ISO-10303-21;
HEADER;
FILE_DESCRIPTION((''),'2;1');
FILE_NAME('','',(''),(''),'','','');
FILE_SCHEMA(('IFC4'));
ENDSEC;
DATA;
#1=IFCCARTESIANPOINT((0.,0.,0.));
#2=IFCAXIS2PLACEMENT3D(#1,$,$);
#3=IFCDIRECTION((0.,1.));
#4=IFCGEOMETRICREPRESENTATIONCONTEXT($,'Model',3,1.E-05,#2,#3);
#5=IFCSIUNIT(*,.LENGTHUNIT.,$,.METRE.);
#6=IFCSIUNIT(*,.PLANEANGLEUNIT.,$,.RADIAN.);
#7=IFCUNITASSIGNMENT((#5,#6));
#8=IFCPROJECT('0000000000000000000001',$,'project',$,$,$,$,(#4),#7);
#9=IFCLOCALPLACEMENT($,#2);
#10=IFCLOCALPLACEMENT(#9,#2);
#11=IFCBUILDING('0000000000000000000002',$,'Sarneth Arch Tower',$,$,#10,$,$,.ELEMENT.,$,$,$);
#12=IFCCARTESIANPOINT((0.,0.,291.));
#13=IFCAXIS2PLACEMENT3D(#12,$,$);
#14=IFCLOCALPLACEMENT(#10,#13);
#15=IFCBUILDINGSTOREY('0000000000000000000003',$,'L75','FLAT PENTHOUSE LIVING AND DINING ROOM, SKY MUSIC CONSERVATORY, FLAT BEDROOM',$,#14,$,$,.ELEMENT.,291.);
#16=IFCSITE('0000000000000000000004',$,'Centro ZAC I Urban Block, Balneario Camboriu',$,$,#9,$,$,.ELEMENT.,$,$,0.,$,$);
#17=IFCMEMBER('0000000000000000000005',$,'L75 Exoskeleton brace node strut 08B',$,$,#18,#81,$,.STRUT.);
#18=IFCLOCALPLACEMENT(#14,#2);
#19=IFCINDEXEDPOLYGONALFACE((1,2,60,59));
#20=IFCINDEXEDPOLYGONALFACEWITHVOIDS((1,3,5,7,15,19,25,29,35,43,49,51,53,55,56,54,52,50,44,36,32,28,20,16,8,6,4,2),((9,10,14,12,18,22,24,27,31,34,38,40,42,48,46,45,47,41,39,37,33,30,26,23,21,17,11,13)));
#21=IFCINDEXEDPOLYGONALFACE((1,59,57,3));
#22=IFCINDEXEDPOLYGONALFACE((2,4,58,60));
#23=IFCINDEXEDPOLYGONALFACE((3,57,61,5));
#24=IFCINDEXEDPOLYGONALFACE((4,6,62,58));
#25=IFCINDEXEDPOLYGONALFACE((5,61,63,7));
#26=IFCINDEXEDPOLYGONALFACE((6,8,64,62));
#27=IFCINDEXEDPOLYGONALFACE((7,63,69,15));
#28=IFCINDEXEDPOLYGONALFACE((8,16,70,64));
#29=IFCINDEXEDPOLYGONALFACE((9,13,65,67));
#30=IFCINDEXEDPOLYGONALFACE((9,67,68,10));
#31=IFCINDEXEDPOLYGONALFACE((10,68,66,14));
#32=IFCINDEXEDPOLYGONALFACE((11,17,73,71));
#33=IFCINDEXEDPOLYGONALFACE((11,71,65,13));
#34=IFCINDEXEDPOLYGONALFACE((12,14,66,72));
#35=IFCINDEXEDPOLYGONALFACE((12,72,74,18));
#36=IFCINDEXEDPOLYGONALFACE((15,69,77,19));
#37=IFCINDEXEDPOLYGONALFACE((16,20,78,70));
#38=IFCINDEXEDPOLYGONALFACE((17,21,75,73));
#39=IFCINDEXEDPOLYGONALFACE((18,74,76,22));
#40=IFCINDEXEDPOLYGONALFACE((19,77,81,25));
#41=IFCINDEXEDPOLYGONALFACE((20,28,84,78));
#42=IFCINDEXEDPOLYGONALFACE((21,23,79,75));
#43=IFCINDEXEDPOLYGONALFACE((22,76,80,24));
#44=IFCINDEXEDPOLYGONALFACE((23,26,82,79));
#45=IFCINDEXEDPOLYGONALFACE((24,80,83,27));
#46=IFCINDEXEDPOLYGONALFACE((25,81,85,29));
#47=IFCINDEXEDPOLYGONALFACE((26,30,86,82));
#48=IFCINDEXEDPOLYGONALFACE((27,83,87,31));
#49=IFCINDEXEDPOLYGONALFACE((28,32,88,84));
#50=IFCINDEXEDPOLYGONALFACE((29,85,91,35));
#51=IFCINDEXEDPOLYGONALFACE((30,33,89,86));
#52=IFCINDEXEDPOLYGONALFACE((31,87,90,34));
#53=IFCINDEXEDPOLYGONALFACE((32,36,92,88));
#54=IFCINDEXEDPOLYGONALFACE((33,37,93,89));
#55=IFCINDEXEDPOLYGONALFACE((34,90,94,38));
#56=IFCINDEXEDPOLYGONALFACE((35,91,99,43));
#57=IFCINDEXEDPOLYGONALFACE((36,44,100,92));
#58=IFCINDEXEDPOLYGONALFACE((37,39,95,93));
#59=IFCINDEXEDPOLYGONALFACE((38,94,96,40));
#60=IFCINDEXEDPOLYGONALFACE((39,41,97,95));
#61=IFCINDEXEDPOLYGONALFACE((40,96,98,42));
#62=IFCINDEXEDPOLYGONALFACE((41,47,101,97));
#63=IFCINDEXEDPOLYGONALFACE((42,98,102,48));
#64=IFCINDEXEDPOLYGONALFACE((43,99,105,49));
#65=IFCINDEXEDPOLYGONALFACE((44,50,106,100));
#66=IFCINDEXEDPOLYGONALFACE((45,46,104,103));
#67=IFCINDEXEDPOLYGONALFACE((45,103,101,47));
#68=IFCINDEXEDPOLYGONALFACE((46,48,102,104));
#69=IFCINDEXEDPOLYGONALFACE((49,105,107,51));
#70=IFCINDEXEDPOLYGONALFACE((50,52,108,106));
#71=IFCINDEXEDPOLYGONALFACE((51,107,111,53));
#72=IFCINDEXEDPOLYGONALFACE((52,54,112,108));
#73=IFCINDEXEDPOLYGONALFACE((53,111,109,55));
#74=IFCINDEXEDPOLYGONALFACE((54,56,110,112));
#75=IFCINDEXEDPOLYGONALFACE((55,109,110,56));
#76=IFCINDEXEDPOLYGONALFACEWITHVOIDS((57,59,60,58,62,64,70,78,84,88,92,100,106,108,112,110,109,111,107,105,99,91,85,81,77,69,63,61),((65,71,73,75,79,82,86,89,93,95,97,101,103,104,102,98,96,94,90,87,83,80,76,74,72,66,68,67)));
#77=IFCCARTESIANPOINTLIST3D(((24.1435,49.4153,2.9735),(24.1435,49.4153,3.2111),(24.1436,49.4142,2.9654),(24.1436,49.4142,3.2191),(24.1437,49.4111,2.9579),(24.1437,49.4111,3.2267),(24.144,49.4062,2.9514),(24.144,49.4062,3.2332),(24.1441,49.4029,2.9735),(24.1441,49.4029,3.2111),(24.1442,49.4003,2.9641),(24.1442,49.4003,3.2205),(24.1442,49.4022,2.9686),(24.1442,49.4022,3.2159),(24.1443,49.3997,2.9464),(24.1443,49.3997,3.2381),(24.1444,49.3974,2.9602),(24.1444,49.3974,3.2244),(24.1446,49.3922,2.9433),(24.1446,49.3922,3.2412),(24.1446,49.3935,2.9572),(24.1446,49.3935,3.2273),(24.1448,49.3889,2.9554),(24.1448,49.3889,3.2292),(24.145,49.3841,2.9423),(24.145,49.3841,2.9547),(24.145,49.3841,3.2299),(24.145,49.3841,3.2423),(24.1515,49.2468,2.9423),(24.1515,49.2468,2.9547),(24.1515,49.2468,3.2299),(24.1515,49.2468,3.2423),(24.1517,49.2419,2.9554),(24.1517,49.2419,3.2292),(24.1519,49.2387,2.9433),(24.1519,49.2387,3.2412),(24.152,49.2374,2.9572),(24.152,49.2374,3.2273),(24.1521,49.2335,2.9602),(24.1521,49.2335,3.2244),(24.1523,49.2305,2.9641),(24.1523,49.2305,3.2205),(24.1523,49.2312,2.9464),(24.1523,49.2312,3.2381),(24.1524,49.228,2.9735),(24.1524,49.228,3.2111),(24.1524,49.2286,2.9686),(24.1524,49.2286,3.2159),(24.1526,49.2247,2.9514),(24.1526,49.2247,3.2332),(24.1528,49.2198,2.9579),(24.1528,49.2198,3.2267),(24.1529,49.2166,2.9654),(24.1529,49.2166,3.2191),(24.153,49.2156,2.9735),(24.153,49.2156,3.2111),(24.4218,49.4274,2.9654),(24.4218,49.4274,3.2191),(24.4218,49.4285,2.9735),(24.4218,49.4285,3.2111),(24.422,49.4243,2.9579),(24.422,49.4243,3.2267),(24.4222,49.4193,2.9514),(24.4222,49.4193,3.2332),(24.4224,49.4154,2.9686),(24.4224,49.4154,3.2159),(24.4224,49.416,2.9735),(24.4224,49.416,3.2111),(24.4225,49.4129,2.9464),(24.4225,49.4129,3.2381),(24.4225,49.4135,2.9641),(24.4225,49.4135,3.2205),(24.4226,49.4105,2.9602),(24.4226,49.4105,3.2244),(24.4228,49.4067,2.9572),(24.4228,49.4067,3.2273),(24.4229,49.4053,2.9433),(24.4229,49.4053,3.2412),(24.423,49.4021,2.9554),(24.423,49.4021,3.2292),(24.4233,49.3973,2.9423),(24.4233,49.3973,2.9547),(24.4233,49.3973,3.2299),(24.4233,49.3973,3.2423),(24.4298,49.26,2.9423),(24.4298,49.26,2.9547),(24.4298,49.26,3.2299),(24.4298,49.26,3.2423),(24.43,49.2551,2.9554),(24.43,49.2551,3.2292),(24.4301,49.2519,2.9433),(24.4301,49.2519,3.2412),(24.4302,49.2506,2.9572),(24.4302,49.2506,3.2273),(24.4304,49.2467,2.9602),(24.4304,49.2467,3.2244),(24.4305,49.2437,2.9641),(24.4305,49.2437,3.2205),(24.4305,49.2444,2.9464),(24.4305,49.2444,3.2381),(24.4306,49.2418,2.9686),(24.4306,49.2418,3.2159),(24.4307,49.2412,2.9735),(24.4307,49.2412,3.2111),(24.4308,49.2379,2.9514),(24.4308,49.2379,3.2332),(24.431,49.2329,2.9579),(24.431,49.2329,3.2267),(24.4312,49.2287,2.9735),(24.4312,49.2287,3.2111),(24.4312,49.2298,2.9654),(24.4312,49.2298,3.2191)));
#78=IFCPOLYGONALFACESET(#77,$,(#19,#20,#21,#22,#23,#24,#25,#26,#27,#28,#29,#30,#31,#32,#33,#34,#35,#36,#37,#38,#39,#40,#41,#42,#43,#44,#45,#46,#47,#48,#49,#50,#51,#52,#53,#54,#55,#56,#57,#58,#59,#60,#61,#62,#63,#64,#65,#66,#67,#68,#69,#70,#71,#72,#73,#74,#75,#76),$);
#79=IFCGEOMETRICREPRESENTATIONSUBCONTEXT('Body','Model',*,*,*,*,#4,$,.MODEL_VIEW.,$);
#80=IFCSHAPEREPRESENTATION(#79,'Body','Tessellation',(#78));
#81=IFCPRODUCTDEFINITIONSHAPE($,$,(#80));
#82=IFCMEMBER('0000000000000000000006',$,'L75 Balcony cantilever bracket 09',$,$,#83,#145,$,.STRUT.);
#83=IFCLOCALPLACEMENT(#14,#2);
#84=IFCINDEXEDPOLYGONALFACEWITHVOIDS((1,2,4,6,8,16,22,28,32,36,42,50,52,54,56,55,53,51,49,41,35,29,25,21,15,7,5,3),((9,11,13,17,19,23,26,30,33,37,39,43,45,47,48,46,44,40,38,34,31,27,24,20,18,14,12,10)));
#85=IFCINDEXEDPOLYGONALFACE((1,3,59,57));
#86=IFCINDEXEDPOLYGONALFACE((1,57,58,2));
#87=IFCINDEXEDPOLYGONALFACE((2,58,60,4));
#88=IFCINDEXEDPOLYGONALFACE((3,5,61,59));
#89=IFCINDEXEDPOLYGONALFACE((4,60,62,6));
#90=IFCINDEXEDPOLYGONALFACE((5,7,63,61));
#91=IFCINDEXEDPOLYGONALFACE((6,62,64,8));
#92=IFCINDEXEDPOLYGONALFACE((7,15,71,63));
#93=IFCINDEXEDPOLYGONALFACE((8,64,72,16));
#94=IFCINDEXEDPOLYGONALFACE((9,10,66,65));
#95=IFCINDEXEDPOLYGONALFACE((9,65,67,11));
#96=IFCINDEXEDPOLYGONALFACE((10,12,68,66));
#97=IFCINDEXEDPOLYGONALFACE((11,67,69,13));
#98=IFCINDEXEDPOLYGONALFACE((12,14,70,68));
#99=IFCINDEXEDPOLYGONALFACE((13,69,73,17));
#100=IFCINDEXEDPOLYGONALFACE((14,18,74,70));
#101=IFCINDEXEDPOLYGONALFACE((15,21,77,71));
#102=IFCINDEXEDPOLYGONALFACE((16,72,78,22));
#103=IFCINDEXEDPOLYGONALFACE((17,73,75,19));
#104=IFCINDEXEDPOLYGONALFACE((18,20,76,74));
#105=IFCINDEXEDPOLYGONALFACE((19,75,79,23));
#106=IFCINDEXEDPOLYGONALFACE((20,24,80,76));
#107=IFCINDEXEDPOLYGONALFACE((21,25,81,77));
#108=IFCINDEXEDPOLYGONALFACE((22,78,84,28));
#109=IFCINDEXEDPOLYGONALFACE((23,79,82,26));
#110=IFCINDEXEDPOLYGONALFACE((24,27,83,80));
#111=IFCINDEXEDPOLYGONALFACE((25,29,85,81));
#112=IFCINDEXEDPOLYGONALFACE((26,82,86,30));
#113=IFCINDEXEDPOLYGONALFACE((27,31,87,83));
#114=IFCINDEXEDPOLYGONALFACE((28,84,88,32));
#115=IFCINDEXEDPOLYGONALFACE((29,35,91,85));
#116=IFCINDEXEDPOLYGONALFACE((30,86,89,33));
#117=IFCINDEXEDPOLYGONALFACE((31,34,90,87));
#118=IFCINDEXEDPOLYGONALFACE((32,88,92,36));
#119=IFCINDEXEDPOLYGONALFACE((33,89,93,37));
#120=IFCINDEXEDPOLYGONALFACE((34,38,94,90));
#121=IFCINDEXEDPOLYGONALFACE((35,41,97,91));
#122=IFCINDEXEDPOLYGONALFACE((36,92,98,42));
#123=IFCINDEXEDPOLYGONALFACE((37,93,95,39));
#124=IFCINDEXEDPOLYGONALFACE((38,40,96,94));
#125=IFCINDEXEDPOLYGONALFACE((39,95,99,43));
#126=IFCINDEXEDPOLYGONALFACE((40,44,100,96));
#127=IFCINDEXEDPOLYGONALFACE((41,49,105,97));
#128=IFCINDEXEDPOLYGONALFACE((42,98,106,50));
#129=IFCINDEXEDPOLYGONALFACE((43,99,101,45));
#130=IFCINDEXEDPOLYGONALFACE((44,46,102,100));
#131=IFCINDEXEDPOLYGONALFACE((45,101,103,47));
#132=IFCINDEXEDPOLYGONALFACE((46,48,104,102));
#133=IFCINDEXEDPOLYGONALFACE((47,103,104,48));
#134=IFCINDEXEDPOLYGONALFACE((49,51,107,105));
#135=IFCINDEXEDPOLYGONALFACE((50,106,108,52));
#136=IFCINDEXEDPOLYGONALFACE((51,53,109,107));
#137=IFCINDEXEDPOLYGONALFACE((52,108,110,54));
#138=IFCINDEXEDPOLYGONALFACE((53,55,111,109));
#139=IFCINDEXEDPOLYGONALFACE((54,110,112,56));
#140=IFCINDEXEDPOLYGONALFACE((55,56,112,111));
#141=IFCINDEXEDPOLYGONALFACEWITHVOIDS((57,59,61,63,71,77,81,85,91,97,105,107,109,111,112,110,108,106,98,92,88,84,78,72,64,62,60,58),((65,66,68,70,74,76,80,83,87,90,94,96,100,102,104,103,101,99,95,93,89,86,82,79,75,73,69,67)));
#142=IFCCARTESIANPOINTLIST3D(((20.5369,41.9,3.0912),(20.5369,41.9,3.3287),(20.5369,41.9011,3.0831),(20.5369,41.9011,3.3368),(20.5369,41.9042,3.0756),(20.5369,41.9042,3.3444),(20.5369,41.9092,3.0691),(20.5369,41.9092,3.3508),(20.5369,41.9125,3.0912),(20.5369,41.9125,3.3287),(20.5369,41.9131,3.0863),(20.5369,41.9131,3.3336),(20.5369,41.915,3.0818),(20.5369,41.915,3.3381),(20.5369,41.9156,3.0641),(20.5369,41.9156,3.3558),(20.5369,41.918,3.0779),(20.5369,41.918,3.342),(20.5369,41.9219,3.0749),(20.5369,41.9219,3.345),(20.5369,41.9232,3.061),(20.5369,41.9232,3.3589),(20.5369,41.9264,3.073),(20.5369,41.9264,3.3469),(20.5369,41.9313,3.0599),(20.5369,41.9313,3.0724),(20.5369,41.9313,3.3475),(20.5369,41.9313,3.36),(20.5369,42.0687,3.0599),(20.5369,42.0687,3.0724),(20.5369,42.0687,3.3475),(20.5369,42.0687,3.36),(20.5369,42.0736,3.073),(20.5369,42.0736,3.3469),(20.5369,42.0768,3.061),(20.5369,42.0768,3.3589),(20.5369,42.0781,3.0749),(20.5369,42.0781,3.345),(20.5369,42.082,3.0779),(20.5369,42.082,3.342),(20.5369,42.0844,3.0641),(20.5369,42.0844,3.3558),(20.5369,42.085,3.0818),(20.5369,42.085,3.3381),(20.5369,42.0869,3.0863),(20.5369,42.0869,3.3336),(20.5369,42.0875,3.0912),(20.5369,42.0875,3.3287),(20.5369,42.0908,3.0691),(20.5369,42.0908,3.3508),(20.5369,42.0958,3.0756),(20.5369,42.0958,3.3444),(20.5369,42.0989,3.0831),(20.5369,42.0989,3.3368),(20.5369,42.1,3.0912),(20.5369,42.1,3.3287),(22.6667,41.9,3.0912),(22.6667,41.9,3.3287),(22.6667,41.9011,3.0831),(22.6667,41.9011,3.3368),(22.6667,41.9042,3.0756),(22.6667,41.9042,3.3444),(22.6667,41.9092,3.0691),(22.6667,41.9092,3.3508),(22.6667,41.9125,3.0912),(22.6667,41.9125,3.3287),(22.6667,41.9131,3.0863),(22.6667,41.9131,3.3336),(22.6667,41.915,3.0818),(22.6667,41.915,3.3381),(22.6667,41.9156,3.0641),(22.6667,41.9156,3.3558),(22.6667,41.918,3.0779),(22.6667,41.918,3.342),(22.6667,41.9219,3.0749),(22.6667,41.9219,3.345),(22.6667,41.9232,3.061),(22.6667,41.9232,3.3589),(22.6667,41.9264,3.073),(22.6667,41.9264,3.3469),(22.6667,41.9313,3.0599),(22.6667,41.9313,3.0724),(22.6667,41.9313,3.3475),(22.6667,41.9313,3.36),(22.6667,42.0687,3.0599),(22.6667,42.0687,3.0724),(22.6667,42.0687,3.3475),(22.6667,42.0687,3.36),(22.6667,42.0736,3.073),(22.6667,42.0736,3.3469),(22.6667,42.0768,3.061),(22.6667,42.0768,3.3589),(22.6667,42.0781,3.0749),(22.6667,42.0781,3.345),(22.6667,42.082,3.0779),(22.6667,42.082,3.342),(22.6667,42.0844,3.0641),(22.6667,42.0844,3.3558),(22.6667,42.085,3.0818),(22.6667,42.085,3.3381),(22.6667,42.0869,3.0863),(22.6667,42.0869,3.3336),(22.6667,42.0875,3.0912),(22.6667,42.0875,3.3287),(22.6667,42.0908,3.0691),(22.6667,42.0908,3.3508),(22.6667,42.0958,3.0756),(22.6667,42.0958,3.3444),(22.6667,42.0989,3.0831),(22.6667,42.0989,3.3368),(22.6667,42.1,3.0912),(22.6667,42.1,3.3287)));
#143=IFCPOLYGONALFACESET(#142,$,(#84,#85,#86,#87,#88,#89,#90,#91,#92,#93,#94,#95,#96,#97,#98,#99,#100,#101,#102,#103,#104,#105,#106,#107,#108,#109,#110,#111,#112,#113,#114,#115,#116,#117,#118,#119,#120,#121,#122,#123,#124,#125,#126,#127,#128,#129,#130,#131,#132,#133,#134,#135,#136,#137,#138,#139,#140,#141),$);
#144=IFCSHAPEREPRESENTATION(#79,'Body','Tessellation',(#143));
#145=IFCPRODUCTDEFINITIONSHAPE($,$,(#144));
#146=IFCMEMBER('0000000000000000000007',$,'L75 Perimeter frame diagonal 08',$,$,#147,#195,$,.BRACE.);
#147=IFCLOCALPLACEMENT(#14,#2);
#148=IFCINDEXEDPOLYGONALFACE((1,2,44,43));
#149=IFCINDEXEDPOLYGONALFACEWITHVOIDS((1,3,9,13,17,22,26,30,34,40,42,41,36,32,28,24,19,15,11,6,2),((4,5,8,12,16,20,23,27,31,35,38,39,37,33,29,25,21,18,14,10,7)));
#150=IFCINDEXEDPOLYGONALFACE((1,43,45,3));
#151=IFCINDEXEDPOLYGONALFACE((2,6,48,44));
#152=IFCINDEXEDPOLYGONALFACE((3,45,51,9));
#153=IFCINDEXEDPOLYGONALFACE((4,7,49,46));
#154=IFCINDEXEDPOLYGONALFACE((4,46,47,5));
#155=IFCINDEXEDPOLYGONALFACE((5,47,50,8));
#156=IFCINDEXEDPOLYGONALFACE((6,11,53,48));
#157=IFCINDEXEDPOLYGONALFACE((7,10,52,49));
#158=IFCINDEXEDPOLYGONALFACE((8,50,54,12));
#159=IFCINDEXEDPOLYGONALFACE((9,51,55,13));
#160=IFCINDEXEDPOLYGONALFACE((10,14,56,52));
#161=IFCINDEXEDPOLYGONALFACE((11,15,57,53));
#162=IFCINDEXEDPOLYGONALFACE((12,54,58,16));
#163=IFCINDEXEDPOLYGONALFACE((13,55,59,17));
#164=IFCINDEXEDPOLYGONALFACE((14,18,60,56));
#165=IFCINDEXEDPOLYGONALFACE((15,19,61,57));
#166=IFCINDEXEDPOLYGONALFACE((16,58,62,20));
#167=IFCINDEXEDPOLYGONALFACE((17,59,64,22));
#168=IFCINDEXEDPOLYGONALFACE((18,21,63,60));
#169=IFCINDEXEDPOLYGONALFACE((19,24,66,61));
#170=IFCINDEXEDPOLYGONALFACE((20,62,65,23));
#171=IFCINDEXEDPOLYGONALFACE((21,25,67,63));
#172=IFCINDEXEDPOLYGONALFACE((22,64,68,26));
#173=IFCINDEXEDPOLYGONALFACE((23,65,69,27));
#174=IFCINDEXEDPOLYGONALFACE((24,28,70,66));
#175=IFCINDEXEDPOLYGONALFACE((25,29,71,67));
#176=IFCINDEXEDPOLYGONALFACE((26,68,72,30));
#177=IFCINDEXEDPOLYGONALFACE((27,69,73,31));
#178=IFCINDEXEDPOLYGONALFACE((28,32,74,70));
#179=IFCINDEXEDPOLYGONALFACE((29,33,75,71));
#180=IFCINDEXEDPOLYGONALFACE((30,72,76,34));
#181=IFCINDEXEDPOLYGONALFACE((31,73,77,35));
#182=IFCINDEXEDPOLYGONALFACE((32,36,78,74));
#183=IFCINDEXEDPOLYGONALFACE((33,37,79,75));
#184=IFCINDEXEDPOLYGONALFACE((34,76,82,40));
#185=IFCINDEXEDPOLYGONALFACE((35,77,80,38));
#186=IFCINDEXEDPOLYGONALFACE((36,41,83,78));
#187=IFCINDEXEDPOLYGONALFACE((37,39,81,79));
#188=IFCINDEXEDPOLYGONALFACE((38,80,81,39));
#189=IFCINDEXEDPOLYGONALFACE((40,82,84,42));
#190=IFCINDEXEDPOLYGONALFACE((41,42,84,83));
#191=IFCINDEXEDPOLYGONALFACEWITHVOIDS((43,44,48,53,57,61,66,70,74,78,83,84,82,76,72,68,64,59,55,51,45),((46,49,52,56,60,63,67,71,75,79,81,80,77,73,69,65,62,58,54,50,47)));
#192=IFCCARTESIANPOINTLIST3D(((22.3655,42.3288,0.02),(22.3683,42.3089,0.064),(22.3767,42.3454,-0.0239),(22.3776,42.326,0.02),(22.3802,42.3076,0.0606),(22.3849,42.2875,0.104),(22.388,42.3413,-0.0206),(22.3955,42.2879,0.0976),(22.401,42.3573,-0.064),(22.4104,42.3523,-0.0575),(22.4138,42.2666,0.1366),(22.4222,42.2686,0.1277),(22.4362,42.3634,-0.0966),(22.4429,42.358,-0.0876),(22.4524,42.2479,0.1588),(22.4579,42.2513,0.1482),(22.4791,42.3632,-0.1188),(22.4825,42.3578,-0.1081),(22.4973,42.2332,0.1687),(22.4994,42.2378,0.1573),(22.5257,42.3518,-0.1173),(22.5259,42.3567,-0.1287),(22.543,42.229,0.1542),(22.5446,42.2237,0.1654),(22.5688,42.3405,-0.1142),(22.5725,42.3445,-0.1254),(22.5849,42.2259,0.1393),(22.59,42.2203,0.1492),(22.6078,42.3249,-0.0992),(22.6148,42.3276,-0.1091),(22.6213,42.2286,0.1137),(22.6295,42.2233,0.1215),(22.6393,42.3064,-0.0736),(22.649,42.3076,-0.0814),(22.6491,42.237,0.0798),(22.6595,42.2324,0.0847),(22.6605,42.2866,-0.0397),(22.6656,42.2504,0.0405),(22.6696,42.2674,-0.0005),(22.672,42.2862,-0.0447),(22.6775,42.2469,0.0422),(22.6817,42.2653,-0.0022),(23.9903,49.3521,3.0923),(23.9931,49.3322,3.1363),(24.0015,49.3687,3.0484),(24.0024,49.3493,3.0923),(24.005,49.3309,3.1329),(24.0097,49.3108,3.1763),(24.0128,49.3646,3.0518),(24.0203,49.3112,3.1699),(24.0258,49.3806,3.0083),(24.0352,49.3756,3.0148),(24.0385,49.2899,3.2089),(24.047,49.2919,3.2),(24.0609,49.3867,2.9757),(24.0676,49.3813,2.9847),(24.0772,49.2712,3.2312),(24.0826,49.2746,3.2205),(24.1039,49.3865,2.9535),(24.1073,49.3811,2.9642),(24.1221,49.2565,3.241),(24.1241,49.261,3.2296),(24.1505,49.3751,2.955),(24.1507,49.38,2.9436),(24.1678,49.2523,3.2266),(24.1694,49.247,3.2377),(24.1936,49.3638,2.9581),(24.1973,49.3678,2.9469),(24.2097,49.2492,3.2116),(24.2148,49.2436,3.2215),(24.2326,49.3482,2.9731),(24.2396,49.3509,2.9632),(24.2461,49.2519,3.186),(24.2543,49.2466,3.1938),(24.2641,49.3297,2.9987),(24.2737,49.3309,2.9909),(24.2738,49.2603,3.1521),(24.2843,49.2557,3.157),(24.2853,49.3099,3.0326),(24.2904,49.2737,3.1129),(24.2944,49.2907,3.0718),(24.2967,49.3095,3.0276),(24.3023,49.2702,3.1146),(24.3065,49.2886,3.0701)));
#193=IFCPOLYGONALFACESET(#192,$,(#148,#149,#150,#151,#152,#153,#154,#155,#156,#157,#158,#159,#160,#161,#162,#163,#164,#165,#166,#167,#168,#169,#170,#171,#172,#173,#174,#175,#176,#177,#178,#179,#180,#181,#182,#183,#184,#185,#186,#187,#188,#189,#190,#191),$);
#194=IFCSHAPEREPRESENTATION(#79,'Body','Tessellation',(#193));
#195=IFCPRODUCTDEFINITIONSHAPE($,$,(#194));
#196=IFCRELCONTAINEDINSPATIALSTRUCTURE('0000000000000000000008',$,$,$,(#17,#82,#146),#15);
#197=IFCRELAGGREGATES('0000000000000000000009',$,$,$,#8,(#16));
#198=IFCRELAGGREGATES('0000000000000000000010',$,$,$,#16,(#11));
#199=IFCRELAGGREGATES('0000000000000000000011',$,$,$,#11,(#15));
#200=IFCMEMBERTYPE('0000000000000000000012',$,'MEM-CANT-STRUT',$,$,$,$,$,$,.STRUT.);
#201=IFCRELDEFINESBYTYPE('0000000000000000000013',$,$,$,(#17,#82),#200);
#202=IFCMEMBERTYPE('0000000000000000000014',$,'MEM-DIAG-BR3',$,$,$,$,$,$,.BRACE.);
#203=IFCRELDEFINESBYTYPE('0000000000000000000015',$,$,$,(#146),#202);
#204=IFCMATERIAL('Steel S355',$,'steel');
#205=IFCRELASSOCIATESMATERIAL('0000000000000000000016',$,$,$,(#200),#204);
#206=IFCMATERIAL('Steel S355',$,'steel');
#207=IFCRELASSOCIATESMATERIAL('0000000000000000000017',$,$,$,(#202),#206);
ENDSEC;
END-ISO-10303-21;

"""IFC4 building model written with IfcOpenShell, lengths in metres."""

from ifc_helpers import new_model, si_unit, direction, frame, origin, origin_2d, place, context, subcontext, project, spatial, hollow_rectangle, hollow_circle, extrude, material, material_profile, profile_set, type_object, element, save


model = new_model("IFC4")

# Units and contexts
model_context = context("Model", 3, precision=1e-05, world=origin(), true_north=direction((0.0, 1.0)))
body_context = subcontext(model_context, "Body", "Model", "MODEL_VIEW")
ifc_project = project(units=[si_unit("LENGTHUNIT", "METRE"), si_unit("PLANEANGLEUNIT", "RADIAN")], contexts=[model_context])

# Site, building, storey
site_placement = place(None, origin())
site = spatial("IfcSite", under=ifc_project, at=site_placement, Name="Centro ZAC I Urban Block, Balneario Camboriu", CompositionType="ELEMENT", RefElevation=0.0)
building_placement = place(site_placement, origin())
building = spatial("IfcBuilding", under=site, at=building_placement, Name="Sarneth Arch Tower", CompositionType="ELEMENT")
storey_placement = place(building_placement, frame((0.0, 0.0, 291.0)))
storey = spatial("IfcBuildingStorey", under=building, at=storey_placement, Name="L75", Description="FLAT PENTHOUSE LIVING AND DINING ROOM, SKY MUSIC CONSERVATORY, FLAT BEDROOM", CompositionType="ELEMENT", Elevation=291.0)

# Members
ifc_material_1 = material(Name="Steel S355", Category="steel")
ifc_material_profile_1 = material_profile(ifc_material_1, hollow_rectangle(XDim=0.2, YDim=0.3, WallThickness=0.0125, InnerFilletRadius=0.0188, OuterFilletRadius=0.0312, at=origin_2d()), Name="RHS300x200x12.5")
ifc_profile_set_1 = profile_set([ifc_material_profile_1], Name="Steel S355")
member_type_1 = type_object("IfcMemberType", Name="MEM-CANT-STRUT", PredefinedType="STRUT", material=ifc_profile_set_1)
member_1_placement = place(storey_placement, frame((24.4265, 49.3286, 3.0923), z_axis=(-0.99888, -0.047315, 0.0), x_axis=(0.047315, -0.99888, 0.0)))
element("IfcMember", 1, at=member_1_placement, inside=storey, type_object=member_type_1, Name="L75 Exoskeleton brace node strut 08B", PredefinedType="STRUT", context=body_context, shape_type="SweptSolid", body=[
    extrude(hollow_rectangle(XDim=0.2, YDim=0.3, WallThickness=0.0125, InnerFilletRadius=0.0188, OuterFilletRadius=0.0312, at=origin_2d()), origin(), (0.0, 0.0, 1.0), 0.2786),
])
member_2_placement = place(storey_placement, frame((22.6667, 42.0, 3.21), z_axis=(-1.0, 0.0, 0.0), x_axis=(0.0, -1.0, 0.0)))
element("IfcMember", 2, at=member_2_placement, inside=storey, type_object=member_type_1, Name="L75 Balcony cantilever bracket 09", PredefinedType="STRUT", context=body_context, shape_type="SweptSolid", body=[
    extrude(hollow_rectangle(XDim=0.2, YDim=0.3, WallThickness=0.0125, InnerFilletRadius=0.0188, OuterFilletRadius=0.0312, at=origin_2d()), origin(), (0.0, 0.0, 1.0), 2.1299),
])
ifc_material_2 = material(Name="Steel S355", Category="steel")
ifc_material_profile_2 = material_profile(ifc_material_2, hollow_circle(Radius=0.1621, WallThickness=0.0125, at=origin_2d()), Name="CHS324x12.5")
ifc_profile_set_2 = profile_set([ifc_material_profile_2], Name="Steel S355")
member_type_2 = type_object("IfcMemberType", Name="MEM-DIAG-BR3", PredefinedType="BRACE", material=ifc_profile_set_2)
member_3_placement = place(storey_placement, frame((22.5234, 42.2922, 0.02), z_axis=(0.207343, 0.896265, 0.392067), x_axis=(-0.974269, 0.225389, 0.0)))
element("IfcMember", 3, at=member_3_placement, inside=storey, type_object=member_type_2, Name="L75 Perimeter frame diagonal 08", PredefinedType="BRACE", context=body_context, shape_type="SweptSolid", body=[
    extrude(hollow_circle(Radius=0.1621, WallThickness=0.0125, at=origin_2d()), origin(), (0.0, 0.0, 1.0), 7.8362),
])

save(model, "model.ifc")
